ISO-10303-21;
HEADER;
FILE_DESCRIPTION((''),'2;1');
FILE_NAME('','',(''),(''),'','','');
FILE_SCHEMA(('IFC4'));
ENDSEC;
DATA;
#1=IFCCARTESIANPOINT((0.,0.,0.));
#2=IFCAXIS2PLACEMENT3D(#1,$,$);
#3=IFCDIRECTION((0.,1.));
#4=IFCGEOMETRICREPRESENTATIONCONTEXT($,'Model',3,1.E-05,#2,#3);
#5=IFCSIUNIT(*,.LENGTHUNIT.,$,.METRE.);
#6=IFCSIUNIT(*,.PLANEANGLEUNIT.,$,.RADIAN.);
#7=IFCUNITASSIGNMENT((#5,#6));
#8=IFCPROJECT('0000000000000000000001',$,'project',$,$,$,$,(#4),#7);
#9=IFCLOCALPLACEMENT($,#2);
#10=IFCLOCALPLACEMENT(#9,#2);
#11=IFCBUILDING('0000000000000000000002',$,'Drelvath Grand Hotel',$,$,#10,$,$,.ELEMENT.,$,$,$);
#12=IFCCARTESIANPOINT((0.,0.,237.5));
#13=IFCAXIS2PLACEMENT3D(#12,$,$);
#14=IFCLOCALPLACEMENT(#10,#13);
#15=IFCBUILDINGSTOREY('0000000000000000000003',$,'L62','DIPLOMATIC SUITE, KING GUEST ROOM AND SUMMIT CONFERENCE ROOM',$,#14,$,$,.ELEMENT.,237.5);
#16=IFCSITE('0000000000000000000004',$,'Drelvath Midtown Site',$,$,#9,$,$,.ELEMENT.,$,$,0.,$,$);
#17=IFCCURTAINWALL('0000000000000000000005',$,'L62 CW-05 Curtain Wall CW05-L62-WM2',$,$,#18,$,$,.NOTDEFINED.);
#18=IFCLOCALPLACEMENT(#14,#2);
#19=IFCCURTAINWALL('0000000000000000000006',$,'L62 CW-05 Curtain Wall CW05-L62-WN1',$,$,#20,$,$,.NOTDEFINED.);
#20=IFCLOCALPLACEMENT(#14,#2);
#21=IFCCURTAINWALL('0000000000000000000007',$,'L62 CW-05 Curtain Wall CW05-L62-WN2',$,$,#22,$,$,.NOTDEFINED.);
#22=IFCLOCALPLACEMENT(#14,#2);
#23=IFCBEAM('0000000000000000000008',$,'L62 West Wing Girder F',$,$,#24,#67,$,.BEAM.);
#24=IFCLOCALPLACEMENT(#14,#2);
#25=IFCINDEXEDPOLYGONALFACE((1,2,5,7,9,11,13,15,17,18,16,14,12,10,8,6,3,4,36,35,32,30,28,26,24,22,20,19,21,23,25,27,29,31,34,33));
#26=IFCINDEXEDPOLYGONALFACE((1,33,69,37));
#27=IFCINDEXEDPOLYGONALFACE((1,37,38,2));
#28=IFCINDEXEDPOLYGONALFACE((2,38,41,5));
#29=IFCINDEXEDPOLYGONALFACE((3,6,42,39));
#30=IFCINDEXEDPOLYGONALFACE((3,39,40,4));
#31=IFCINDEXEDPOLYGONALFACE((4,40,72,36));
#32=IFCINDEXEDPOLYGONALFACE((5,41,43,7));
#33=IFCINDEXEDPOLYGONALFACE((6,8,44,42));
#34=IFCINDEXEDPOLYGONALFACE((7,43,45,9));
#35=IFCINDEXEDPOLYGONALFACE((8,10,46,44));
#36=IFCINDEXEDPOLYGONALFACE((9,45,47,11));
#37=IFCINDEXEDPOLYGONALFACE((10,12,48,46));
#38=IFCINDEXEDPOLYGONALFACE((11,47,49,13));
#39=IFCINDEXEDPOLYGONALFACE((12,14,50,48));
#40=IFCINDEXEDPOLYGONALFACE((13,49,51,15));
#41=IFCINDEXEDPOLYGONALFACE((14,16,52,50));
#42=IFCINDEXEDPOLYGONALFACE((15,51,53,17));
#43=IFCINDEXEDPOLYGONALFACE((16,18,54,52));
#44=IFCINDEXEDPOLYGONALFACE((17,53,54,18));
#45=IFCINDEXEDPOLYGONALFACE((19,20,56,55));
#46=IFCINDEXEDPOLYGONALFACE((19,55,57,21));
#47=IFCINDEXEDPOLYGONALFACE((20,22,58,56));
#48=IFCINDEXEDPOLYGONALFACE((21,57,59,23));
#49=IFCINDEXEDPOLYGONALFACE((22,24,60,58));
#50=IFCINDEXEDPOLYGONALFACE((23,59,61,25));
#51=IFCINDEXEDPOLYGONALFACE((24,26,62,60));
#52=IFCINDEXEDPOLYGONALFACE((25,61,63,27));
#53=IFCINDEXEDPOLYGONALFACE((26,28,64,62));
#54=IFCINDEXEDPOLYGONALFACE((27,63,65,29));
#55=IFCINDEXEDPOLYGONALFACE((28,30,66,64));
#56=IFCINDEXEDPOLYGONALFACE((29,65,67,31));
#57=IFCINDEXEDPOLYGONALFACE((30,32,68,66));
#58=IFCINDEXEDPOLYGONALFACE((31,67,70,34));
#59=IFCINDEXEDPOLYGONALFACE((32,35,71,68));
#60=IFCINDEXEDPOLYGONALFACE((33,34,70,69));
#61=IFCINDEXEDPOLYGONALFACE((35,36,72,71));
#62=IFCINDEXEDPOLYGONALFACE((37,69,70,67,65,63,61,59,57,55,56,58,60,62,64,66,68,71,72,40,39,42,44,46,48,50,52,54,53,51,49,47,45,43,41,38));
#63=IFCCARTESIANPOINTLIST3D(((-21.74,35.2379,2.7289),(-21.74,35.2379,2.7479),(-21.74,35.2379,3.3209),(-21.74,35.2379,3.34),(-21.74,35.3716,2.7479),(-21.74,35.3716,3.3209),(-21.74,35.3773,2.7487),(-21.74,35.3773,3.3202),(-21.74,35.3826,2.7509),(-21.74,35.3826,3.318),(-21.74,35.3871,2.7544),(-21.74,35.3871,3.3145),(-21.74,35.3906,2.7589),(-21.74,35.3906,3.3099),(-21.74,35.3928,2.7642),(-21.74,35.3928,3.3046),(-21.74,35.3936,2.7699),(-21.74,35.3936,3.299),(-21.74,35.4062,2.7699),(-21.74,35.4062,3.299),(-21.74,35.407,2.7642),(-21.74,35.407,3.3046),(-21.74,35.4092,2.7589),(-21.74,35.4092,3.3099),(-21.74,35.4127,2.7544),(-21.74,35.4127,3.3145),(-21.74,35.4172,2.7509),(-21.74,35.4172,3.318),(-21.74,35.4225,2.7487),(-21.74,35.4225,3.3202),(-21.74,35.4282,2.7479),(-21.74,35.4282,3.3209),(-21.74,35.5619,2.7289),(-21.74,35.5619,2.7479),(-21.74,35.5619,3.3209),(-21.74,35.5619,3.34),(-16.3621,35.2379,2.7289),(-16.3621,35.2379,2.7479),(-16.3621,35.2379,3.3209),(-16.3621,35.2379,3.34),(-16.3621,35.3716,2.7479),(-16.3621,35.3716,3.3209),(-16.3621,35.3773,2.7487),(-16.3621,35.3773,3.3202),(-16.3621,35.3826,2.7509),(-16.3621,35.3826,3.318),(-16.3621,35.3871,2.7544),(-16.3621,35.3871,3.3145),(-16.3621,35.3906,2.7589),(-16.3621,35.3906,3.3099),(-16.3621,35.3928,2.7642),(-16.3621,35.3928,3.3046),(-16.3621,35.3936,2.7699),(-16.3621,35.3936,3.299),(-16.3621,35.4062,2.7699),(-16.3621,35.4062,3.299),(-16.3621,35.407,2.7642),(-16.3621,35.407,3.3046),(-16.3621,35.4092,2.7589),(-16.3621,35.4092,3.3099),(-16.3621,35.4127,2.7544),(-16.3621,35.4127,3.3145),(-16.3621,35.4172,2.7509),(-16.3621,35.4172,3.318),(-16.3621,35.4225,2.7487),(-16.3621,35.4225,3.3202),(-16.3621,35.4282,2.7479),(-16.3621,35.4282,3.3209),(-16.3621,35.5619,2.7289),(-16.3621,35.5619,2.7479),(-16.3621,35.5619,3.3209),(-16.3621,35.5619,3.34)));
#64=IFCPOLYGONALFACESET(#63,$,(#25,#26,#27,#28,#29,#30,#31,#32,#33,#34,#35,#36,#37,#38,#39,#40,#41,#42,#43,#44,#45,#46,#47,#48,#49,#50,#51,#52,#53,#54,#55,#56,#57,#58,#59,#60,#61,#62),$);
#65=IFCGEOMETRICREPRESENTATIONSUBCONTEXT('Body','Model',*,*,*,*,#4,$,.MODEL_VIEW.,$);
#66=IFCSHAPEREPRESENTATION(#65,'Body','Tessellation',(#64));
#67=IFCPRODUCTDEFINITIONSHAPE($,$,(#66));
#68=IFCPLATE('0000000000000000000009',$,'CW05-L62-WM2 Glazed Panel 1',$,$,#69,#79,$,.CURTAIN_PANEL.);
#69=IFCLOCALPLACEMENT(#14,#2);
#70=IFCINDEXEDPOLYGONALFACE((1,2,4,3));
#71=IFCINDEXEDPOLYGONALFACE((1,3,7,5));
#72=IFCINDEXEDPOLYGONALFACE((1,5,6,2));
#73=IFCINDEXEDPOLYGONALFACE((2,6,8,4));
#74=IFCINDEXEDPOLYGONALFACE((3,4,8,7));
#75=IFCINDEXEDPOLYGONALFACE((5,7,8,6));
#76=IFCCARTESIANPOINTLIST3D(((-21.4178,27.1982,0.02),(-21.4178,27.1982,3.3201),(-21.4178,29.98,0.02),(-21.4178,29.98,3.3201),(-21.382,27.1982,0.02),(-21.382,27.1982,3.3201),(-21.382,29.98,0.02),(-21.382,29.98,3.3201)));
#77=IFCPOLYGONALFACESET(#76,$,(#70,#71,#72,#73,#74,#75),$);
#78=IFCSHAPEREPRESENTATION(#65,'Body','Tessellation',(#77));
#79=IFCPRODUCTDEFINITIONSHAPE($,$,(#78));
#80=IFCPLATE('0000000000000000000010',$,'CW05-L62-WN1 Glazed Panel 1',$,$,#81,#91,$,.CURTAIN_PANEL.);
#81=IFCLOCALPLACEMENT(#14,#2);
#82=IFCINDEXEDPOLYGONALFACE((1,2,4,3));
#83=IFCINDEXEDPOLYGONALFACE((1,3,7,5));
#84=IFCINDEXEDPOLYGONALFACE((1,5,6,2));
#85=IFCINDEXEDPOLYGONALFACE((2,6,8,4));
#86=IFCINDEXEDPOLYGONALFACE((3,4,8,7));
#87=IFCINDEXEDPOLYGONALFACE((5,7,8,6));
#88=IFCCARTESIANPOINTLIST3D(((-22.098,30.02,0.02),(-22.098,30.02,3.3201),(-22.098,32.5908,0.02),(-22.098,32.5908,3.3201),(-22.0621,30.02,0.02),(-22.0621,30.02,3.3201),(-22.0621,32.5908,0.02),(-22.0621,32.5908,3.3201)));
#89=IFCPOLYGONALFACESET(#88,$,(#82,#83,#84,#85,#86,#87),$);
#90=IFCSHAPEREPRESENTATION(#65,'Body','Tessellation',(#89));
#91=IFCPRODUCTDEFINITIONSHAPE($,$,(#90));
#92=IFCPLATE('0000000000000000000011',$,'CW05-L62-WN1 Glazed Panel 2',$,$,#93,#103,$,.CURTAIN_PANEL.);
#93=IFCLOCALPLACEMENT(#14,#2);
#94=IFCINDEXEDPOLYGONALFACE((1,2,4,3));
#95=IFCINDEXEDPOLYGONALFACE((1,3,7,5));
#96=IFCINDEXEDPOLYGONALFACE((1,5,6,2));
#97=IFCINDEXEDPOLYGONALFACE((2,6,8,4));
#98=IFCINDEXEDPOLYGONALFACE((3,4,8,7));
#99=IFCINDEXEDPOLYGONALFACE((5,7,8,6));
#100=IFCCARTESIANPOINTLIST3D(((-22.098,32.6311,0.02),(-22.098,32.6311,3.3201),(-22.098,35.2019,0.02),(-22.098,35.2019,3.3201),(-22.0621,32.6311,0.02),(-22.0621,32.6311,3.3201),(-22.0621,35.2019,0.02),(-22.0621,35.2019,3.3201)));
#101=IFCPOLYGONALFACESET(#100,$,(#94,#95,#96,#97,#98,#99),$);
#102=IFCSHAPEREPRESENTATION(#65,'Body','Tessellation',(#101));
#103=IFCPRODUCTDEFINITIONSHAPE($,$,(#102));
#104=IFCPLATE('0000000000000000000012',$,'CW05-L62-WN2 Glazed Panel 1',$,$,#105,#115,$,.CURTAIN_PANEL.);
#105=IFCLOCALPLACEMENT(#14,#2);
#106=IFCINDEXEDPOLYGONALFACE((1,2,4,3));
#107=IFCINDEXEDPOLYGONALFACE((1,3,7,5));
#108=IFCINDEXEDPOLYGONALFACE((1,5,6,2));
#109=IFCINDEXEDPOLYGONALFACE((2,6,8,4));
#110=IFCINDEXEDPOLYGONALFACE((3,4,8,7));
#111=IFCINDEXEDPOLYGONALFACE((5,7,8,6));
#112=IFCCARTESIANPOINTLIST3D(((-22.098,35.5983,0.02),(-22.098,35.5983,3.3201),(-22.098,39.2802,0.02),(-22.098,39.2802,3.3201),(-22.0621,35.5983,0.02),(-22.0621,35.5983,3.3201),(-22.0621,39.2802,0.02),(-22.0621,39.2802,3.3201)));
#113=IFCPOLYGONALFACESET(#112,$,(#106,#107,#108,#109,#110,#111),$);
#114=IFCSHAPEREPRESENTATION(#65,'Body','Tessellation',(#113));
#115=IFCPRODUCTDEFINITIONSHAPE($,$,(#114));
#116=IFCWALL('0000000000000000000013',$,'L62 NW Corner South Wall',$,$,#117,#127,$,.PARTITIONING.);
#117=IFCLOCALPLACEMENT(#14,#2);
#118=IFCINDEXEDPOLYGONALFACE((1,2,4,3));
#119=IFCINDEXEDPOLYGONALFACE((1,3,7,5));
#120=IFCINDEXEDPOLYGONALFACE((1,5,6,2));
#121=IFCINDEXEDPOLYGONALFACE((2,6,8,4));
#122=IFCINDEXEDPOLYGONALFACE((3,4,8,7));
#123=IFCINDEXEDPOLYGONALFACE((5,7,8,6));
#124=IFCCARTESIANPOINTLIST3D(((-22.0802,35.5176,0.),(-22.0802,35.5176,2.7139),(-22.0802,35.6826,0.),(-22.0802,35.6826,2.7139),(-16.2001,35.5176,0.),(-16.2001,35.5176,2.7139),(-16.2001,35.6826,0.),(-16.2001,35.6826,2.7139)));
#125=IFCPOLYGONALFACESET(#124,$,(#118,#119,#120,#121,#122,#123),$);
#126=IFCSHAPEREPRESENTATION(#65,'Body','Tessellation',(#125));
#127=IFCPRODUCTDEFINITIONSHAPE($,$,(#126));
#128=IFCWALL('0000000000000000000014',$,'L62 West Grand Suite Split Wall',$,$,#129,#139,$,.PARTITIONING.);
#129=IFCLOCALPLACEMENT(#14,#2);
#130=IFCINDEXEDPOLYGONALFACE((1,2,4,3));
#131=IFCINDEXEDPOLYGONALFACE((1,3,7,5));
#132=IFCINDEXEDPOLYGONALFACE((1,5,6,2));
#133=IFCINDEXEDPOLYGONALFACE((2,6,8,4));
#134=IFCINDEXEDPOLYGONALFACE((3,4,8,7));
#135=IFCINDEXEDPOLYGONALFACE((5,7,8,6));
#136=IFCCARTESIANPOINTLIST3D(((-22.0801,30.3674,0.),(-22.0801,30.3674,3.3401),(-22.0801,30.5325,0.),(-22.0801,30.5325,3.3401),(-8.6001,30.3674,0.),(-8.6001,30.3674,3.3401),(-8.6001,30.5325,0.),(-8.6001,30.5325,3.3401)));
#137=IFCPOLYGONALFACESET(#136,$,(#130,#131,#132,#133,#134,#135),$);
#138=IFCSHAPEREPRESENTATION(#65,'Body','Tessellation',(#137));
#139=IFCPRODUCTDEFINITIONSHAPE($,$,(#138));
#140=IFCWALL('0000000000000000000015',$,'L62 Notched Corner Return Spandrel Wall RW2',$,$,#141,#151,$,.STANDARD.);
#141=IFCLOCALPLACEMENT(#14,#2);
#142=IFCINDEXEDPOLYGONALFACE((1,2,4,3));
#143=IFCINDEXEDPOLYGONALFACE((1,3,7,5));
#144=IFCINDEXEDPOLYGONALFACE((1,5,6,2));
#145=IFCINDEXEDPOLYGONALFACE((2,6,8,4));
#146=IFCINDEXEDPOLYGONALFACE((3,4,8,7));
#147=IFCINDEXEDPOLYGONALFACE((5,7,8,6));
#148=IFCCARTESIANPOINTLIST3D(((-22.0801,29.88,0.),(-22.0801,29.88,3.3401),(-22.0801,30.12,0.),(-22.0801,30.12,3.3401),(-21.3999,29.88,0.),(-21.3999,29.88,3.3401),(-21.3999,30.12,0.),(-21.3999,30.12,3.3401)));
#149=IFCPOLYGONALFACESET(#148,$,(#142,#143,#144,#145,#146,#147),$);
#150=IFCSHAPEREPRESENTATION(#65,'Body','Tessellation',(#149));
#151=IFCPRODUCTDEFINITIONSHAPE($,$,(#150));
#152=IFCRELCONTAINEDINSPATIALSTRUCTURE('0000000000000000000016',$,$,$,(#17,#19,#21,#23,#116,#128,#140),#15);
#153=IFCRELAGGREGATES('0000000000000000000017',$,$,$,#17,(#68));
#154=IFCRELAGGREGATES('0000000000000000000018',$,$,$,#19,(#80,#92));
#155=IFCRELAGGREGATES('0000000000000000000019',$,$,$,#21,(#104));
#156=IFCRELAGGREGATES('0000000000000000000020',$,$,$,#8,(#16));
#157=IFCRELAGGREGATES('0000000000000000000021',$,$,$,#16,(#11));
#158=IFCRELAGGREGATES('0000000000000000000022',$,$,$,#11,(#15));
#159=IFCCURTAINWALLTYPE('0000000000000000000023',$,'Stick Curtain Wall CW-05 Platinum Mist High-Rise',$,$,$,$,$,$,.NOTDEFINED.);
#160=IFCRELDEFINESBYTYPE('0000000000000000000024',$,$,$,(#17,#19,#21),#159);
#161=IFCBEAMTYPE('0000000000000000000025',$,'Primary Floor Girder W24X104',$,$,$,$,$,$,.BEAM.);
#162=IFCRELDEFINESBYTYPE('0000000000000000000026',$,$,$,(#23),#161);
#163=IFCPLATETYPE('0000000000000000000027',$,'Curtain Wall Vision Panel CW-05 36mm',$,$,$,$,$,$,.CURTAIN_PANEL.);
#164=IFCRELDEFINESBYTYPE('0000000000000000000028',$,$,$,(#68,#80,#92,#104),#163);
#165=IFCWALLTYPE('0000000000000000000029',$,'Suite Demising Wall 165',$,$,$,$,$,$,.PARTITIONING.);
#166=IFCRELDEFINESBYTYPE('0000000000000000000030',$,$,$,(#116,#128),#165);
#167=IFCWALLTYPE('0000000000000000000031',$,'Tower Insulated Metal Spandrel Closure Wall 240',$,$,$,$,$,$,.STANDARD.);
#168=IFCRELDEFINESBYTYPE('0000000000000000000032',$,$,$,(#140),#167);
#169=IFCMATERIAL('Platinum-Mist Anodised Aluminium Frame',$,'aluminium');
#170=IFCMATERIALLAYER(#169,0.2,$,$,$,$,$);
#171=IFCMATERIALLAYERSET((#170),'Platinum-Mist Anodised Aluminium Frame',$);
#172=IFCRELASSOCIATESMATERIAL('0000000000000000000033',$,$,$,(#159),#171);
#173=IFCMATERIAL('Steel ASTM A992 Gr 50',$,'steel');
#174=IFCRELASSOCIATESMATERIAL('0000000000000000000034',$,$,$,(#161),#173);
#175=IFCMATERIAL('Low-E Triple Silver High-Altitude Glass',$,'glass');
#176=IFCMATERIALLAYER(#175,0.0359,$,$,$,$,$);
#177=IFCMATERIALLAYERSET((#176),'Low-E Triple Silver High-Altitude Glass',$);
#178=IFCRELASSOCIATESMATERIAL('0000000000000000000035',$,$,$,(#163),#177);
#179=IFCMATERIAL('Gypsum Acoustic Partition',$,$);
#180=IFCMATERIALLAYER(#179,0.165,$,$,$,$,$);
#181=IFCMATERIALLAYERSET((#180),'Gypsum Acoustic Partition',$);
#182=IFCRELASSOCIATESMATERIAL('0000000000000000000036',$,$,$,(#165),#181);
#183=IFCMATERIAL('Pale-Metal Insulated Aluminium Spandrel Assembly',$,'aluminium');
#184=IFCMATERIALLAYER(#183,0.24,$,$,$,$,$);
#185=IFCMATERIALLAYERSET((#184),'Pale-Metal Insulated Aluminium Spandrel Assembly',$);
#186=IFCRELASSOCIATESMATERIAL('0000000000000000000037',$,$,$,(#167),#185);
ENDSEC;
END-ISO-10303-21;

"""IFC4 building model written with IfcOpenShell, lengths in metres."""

from ifc_helpers import new_model, si_unit, direction, frame, frame_2d, origin, origin_2d, place, context, subcontext, project, spatial, rectangle, i_section, extrude, material, layer, layer_set, material_profile, profile_set, type_object, element, aggregate, save


model = new_model("IFC4")

# Units and contexts
model_context = context("Model", 3, precision=1e-05, world=origin(), true_north=direction((0.0, 1.0)))
body_context = subcontext(model_context, "Body", "Model", "MODEL_VIEW")
ifc_project = project(units=[si_unit("LENGTHUNIT", "METRE"), si_unit("PLANEANGLEUNIT", "RADIAN")], contexts=[model_context])

# Site, building, storey
site_placement = place(None, origin())
site = spatial("IfcSite", under=ifc_project, at=site_placement, Name="Drelvath Midtown Site", CompositionType="ELEMENT", RefElevation=0.0)
building_placement = place(site_placement, origin())
building = spatial("IfcBuilding", under=site, at=building_placement, Name="Drelvath Grand Hotel", CompositionType="ELEMENT")
storey_placement = place(building_placement, frame((0.0, 0.0, 237.5)))
storey = spatial("IfcBuildingStorey", under=building, at=storey_placement, Name="L62", Description="DIPLOMATIC SUITE, KING GUEST ROOM AND SUMMIT CONFERENCE ROOM", CompositionType="ELEMENT", Elevation=237.5)

# Curtain walls
ifc_material_1 = material(Name="Platinum-Mist Anodised Aluminium Frame", Category="aluminium")
ifc_layer_1 = layer(ifc_material_1, 0.2)
ifc_layer_set_1 = layer_set([ifc_layer_1], Name="Platinum-Mist Anodised Aluminium Frame")
curtain_wall_type = type_object("IfcCurtainWallType", Name="Stick Curtain Wall CW-05 Platinum Mist High-Rise", PredefinedType="NOTDEFINED", material=ifc_layer_set_1)
curtain_wall_1_placement = place(storey_placement, origin())
curtain_wall_1 = element("IfcCurtainWall", 1, at=curtain_wall_1_placement, inside=storey, type_object=curtain_wall_type, Name="L62 CW-05 Curtain Wall CW05-L62-WM2", PredefinedType="NOTDEFINED")
curtain_wall_2_placement = place(storey_placement, origin())
curtain_wall_2 = element("IfcCurtainWall", 2, at=curtain_wall_2_placement, inside=storey, type_object=curtain_wall_type, Name="L62 CW-05 Curtain Wall CW05-L62-WN1", PredefinedType="NOTDEFINED")
curtain_wall_3_placement = place(storey_placement, origin())
curtain_wall_3 = element("IfcCurtainWall", 3, at=curtain_wall_3_placement, inside=storey, type_object=curtain_wall_type, Name="L62 CW-05 Curtain Wall CW05-L62-WN2", PredefinedType="NOTDEFINED")

# Beam
ifc_material_2 = material(Name="Steel ASTM A992 Gr 50", Category="steel")
ifc_material_profile_1 = material_profile(ifc_material_2, i_section(OverallWidth=0.324, OverallDepth=0.6111, WebThickness=0.0127, FlangeThickness=0.019, FilletRadius=0.022, at=origin_2d()), Name="W24X104")
ifc_profile_set_1 = profile_set([ifc_material_profile_1], Name="Steel ASTM A992 Gr 50")
beam_type_1 = type_object("IfcBeamType", Name="Primary Floor Girder W24X104", PredefinedType="BEAM", material=ifc_profile_set_1)
beam_1_placement = place(storey_placement, frame((-21.74, 35.3999, 3.0344), z_axis=(1.0, 0.0, 0.0), x_axis=(0.0, 1.0, 0.0)))
element("IfcBeam", 4, at=beam_1_placement, inside=storey, type_object=beam_type_1, Name="L62 West Wing Girder F", PredefinedType="BEAM", context=body_context, shape_type="SweptSolid", body=[
    extrude(i_section(OverallWidth=0.324, OverallDepth=0.6111, WebThickness=0.0127, FlangeThickness=0.019, FilletRadius=0.022, at=origin_2d()), origin(), (0.0, 0.0, 1.0), 5.3779),
])

# Plates
ifc_material_3 = material(Name="Low-E Triple Silver High-Altitude Glass", Category="glass")
ifc_layer_2 = layer(ifc_material_3, 0.0359)
ifc_layer_set_2 = layer_set([ifc_layer_2], Name="Low-E Triple Silver High-Altitude Glass")
plate_type = type_object("IfcPlateType", Name="Curtain Wall Vision Panel CW-05 36mm", PredefinedType="CURTAIN_PANEL", material=ifc_layer_set_2)
plate_1_placement = place(storey_placement, frame((-21.3999, 28.5891, 0.02), z_axis=(0.0, 0.0, 1.0), x_axis=(0.0, 1.0, 0.0)))
plate_1 = element("IfcPlate", 5, at=plate_1_placement, type_object=plate_type, Name="CW05-L62-WM2 Glazed Panel 1", PredefinedType="CURTAIN_PANEL", context=body_context, shape_type="SweptSolid", body=[
    extrude(rectangle(XDim=2.7817, YDim=0.0359, at=origin_2d()), origin(), (0.0, 0.0, 1.0), 3.3),
])
aggregate(curtain_wall_1, [plate_1])
plate_2_placement = place(storey_placement, frame((-22.0801, 31.3054, 0.02), z_axis=(0.0, 0.0, 1.0), x_axis=(0.0, 1.0, 0.0)))
plate_2 = element("IfcPlate", 6, at=plate_2_placement, type_object=plate_type, Name="CW05-L62-WN1 Glazed Panel 1", PredefinedType="CURTAIN_PANEL", context=body_context, shape_type="SweptSolid", body=[
    extrude(rectangle(XDim=2.5708, YDim=0.0359, at=origin_2d()), origin(), (0.0, 0.0, 1.0), 3.3),
])
plate_3_placement = place(storey_placement, frame((-22.0801, 33.9165, 0.02), z_axis=(0.0, 0.0, 1.0), x_axis=(0.0, 1.0, 0.0)))
plate_3 = element("IfcPlate", 7, at=plate_3_placement, type_object=plate_type, Name="CW05-L62-WN1 Glazed Panel 2", PredefinedType="CURTAIN_PANEL", context=body_context, shape_type="SweptSolid", body=[
    extrude(rectangle(XDim=2.5708, YDim=0.0359, at=origin_2d()), origin(), (0.0, 0.0, 1.0), 3.3),
])
aggregate(curtain_wall_2, [plate_2, plate_3])
plate_4_placement = place(storey_placement, frame((-22.0801, 37.4392, 0.02), z_axis=(0.0, 0.0, 1.0), x_axis=(0.0, 1.0, 0.0)))
plate_4 = element("IfcPlate", 8, at=plate_4_placement, type_object=plate_type, Name="CW05-L62-WN2 Glazed Panel 1", PredefinedType="CURTAIN_PANEL", context=body_context, shape_type="SweptSolid", body=[
    extrude(rectangle(XDim=3.6819, YDim=0.0359, at=origin_2d()), origin(), (0.0, 0.0, 1.0), 3.3),
])
aggregate(curtain_wall_3, [plate_4])

# Walls
ifc_material_4 = material(Name="Gypsum Acoustic Partition")
ifc_layer_3 = layer(ifc_material_4, 0.165)
ifc_layer_set_3 = layer_set([ifc_layer_3], Name="Gypsum Acoustic Partition")
wall_type_1 = type_object("IfcWallType", Name="Suite Demising Wall 165", PredefinedType="PARTITIONING", material=ifc_layer_set_3)
wall_1_placement = place(storey_placement, frame((-22.0801, 35.6001, 0.0), z_axis=(0.0, 0.0, 1.0), x_axis=(1.0, 0.0, 0.0)))
element("IfcWall", 9, at=wall_1_placement, inside=storey, type_object=wall_type_1, Name="L62 NW Corner South Wall", PredefinedType="PARTITIONING", context=body_context, shape_type="SweptSolid", body=[
    extrude(rectangle(XDim=5.8801, YDim=0.165, at=frame_2d((2.9399, 0.0))), origin(), (0.0, 0.0, 1.0), 2.7139),
])
wall_2_placement = place(storey_placement, frame((-22.0801, 30.45, 0.0), z_axis=(0.0, 0.0, 1.0), x_axis=(1.0, 0.0, 0.0)))
element("IfcWall", 10, at=wall_2_placement, inside=storey, type_object=wall_type_1, Name="L62 West Grand Suite Split Wall", PredefinedType="PARTITIONING", context=body_context, shape_type="SweptSolid", body=[
    extrude(rectangle(XDim=13.48, YDim=0.165, at=frame_2d((6.74, 0.0))), origin(), (0.0, 0.0, 1.0), 3.3401),
])
ifc_material_5 = material(Name="Pale-Metal Insulated Aluminium Spandrel Assembly", Category="aluminium")
ifc_layer_4 = layer(ifc_material_5, 0.24)
ifc_layer_set_4 = layer_set([ifc_layer_4], Name="Pale-Metal Insulated Aluminium Spandrel Assembly")
wall_type_2 = type_object("IfcWallType", Name="Tower Insulated Metal Spandrel Closure Wall 240", PredefinedType="STANDARD", material=ifc_layer_set_4)
wall_3_placement = place(storey_placement, frame((-21.3999, 30.0, 0.0), z_axis=(0.0, 0.0, 1.0), x_axis=(-1.0, 0.0, 0.0)))
element("IfcWall", 11, at=wall_3_placement, inside=storey, type_object=wall_type_2, Name="L62 Notched Corner Return Spandrel Wall RW2", PredefinedType="STANDARD", context=body_context, shape_type="SweptSolid", body=[
    extrude(rectangle(XDim=0.6802, YDim=0.24, at=frame_2d((0.3401, 0.0))), origin(), (0.0, 0.0, 1.0), 3.3401),
])

save(model, "model.ifc")
